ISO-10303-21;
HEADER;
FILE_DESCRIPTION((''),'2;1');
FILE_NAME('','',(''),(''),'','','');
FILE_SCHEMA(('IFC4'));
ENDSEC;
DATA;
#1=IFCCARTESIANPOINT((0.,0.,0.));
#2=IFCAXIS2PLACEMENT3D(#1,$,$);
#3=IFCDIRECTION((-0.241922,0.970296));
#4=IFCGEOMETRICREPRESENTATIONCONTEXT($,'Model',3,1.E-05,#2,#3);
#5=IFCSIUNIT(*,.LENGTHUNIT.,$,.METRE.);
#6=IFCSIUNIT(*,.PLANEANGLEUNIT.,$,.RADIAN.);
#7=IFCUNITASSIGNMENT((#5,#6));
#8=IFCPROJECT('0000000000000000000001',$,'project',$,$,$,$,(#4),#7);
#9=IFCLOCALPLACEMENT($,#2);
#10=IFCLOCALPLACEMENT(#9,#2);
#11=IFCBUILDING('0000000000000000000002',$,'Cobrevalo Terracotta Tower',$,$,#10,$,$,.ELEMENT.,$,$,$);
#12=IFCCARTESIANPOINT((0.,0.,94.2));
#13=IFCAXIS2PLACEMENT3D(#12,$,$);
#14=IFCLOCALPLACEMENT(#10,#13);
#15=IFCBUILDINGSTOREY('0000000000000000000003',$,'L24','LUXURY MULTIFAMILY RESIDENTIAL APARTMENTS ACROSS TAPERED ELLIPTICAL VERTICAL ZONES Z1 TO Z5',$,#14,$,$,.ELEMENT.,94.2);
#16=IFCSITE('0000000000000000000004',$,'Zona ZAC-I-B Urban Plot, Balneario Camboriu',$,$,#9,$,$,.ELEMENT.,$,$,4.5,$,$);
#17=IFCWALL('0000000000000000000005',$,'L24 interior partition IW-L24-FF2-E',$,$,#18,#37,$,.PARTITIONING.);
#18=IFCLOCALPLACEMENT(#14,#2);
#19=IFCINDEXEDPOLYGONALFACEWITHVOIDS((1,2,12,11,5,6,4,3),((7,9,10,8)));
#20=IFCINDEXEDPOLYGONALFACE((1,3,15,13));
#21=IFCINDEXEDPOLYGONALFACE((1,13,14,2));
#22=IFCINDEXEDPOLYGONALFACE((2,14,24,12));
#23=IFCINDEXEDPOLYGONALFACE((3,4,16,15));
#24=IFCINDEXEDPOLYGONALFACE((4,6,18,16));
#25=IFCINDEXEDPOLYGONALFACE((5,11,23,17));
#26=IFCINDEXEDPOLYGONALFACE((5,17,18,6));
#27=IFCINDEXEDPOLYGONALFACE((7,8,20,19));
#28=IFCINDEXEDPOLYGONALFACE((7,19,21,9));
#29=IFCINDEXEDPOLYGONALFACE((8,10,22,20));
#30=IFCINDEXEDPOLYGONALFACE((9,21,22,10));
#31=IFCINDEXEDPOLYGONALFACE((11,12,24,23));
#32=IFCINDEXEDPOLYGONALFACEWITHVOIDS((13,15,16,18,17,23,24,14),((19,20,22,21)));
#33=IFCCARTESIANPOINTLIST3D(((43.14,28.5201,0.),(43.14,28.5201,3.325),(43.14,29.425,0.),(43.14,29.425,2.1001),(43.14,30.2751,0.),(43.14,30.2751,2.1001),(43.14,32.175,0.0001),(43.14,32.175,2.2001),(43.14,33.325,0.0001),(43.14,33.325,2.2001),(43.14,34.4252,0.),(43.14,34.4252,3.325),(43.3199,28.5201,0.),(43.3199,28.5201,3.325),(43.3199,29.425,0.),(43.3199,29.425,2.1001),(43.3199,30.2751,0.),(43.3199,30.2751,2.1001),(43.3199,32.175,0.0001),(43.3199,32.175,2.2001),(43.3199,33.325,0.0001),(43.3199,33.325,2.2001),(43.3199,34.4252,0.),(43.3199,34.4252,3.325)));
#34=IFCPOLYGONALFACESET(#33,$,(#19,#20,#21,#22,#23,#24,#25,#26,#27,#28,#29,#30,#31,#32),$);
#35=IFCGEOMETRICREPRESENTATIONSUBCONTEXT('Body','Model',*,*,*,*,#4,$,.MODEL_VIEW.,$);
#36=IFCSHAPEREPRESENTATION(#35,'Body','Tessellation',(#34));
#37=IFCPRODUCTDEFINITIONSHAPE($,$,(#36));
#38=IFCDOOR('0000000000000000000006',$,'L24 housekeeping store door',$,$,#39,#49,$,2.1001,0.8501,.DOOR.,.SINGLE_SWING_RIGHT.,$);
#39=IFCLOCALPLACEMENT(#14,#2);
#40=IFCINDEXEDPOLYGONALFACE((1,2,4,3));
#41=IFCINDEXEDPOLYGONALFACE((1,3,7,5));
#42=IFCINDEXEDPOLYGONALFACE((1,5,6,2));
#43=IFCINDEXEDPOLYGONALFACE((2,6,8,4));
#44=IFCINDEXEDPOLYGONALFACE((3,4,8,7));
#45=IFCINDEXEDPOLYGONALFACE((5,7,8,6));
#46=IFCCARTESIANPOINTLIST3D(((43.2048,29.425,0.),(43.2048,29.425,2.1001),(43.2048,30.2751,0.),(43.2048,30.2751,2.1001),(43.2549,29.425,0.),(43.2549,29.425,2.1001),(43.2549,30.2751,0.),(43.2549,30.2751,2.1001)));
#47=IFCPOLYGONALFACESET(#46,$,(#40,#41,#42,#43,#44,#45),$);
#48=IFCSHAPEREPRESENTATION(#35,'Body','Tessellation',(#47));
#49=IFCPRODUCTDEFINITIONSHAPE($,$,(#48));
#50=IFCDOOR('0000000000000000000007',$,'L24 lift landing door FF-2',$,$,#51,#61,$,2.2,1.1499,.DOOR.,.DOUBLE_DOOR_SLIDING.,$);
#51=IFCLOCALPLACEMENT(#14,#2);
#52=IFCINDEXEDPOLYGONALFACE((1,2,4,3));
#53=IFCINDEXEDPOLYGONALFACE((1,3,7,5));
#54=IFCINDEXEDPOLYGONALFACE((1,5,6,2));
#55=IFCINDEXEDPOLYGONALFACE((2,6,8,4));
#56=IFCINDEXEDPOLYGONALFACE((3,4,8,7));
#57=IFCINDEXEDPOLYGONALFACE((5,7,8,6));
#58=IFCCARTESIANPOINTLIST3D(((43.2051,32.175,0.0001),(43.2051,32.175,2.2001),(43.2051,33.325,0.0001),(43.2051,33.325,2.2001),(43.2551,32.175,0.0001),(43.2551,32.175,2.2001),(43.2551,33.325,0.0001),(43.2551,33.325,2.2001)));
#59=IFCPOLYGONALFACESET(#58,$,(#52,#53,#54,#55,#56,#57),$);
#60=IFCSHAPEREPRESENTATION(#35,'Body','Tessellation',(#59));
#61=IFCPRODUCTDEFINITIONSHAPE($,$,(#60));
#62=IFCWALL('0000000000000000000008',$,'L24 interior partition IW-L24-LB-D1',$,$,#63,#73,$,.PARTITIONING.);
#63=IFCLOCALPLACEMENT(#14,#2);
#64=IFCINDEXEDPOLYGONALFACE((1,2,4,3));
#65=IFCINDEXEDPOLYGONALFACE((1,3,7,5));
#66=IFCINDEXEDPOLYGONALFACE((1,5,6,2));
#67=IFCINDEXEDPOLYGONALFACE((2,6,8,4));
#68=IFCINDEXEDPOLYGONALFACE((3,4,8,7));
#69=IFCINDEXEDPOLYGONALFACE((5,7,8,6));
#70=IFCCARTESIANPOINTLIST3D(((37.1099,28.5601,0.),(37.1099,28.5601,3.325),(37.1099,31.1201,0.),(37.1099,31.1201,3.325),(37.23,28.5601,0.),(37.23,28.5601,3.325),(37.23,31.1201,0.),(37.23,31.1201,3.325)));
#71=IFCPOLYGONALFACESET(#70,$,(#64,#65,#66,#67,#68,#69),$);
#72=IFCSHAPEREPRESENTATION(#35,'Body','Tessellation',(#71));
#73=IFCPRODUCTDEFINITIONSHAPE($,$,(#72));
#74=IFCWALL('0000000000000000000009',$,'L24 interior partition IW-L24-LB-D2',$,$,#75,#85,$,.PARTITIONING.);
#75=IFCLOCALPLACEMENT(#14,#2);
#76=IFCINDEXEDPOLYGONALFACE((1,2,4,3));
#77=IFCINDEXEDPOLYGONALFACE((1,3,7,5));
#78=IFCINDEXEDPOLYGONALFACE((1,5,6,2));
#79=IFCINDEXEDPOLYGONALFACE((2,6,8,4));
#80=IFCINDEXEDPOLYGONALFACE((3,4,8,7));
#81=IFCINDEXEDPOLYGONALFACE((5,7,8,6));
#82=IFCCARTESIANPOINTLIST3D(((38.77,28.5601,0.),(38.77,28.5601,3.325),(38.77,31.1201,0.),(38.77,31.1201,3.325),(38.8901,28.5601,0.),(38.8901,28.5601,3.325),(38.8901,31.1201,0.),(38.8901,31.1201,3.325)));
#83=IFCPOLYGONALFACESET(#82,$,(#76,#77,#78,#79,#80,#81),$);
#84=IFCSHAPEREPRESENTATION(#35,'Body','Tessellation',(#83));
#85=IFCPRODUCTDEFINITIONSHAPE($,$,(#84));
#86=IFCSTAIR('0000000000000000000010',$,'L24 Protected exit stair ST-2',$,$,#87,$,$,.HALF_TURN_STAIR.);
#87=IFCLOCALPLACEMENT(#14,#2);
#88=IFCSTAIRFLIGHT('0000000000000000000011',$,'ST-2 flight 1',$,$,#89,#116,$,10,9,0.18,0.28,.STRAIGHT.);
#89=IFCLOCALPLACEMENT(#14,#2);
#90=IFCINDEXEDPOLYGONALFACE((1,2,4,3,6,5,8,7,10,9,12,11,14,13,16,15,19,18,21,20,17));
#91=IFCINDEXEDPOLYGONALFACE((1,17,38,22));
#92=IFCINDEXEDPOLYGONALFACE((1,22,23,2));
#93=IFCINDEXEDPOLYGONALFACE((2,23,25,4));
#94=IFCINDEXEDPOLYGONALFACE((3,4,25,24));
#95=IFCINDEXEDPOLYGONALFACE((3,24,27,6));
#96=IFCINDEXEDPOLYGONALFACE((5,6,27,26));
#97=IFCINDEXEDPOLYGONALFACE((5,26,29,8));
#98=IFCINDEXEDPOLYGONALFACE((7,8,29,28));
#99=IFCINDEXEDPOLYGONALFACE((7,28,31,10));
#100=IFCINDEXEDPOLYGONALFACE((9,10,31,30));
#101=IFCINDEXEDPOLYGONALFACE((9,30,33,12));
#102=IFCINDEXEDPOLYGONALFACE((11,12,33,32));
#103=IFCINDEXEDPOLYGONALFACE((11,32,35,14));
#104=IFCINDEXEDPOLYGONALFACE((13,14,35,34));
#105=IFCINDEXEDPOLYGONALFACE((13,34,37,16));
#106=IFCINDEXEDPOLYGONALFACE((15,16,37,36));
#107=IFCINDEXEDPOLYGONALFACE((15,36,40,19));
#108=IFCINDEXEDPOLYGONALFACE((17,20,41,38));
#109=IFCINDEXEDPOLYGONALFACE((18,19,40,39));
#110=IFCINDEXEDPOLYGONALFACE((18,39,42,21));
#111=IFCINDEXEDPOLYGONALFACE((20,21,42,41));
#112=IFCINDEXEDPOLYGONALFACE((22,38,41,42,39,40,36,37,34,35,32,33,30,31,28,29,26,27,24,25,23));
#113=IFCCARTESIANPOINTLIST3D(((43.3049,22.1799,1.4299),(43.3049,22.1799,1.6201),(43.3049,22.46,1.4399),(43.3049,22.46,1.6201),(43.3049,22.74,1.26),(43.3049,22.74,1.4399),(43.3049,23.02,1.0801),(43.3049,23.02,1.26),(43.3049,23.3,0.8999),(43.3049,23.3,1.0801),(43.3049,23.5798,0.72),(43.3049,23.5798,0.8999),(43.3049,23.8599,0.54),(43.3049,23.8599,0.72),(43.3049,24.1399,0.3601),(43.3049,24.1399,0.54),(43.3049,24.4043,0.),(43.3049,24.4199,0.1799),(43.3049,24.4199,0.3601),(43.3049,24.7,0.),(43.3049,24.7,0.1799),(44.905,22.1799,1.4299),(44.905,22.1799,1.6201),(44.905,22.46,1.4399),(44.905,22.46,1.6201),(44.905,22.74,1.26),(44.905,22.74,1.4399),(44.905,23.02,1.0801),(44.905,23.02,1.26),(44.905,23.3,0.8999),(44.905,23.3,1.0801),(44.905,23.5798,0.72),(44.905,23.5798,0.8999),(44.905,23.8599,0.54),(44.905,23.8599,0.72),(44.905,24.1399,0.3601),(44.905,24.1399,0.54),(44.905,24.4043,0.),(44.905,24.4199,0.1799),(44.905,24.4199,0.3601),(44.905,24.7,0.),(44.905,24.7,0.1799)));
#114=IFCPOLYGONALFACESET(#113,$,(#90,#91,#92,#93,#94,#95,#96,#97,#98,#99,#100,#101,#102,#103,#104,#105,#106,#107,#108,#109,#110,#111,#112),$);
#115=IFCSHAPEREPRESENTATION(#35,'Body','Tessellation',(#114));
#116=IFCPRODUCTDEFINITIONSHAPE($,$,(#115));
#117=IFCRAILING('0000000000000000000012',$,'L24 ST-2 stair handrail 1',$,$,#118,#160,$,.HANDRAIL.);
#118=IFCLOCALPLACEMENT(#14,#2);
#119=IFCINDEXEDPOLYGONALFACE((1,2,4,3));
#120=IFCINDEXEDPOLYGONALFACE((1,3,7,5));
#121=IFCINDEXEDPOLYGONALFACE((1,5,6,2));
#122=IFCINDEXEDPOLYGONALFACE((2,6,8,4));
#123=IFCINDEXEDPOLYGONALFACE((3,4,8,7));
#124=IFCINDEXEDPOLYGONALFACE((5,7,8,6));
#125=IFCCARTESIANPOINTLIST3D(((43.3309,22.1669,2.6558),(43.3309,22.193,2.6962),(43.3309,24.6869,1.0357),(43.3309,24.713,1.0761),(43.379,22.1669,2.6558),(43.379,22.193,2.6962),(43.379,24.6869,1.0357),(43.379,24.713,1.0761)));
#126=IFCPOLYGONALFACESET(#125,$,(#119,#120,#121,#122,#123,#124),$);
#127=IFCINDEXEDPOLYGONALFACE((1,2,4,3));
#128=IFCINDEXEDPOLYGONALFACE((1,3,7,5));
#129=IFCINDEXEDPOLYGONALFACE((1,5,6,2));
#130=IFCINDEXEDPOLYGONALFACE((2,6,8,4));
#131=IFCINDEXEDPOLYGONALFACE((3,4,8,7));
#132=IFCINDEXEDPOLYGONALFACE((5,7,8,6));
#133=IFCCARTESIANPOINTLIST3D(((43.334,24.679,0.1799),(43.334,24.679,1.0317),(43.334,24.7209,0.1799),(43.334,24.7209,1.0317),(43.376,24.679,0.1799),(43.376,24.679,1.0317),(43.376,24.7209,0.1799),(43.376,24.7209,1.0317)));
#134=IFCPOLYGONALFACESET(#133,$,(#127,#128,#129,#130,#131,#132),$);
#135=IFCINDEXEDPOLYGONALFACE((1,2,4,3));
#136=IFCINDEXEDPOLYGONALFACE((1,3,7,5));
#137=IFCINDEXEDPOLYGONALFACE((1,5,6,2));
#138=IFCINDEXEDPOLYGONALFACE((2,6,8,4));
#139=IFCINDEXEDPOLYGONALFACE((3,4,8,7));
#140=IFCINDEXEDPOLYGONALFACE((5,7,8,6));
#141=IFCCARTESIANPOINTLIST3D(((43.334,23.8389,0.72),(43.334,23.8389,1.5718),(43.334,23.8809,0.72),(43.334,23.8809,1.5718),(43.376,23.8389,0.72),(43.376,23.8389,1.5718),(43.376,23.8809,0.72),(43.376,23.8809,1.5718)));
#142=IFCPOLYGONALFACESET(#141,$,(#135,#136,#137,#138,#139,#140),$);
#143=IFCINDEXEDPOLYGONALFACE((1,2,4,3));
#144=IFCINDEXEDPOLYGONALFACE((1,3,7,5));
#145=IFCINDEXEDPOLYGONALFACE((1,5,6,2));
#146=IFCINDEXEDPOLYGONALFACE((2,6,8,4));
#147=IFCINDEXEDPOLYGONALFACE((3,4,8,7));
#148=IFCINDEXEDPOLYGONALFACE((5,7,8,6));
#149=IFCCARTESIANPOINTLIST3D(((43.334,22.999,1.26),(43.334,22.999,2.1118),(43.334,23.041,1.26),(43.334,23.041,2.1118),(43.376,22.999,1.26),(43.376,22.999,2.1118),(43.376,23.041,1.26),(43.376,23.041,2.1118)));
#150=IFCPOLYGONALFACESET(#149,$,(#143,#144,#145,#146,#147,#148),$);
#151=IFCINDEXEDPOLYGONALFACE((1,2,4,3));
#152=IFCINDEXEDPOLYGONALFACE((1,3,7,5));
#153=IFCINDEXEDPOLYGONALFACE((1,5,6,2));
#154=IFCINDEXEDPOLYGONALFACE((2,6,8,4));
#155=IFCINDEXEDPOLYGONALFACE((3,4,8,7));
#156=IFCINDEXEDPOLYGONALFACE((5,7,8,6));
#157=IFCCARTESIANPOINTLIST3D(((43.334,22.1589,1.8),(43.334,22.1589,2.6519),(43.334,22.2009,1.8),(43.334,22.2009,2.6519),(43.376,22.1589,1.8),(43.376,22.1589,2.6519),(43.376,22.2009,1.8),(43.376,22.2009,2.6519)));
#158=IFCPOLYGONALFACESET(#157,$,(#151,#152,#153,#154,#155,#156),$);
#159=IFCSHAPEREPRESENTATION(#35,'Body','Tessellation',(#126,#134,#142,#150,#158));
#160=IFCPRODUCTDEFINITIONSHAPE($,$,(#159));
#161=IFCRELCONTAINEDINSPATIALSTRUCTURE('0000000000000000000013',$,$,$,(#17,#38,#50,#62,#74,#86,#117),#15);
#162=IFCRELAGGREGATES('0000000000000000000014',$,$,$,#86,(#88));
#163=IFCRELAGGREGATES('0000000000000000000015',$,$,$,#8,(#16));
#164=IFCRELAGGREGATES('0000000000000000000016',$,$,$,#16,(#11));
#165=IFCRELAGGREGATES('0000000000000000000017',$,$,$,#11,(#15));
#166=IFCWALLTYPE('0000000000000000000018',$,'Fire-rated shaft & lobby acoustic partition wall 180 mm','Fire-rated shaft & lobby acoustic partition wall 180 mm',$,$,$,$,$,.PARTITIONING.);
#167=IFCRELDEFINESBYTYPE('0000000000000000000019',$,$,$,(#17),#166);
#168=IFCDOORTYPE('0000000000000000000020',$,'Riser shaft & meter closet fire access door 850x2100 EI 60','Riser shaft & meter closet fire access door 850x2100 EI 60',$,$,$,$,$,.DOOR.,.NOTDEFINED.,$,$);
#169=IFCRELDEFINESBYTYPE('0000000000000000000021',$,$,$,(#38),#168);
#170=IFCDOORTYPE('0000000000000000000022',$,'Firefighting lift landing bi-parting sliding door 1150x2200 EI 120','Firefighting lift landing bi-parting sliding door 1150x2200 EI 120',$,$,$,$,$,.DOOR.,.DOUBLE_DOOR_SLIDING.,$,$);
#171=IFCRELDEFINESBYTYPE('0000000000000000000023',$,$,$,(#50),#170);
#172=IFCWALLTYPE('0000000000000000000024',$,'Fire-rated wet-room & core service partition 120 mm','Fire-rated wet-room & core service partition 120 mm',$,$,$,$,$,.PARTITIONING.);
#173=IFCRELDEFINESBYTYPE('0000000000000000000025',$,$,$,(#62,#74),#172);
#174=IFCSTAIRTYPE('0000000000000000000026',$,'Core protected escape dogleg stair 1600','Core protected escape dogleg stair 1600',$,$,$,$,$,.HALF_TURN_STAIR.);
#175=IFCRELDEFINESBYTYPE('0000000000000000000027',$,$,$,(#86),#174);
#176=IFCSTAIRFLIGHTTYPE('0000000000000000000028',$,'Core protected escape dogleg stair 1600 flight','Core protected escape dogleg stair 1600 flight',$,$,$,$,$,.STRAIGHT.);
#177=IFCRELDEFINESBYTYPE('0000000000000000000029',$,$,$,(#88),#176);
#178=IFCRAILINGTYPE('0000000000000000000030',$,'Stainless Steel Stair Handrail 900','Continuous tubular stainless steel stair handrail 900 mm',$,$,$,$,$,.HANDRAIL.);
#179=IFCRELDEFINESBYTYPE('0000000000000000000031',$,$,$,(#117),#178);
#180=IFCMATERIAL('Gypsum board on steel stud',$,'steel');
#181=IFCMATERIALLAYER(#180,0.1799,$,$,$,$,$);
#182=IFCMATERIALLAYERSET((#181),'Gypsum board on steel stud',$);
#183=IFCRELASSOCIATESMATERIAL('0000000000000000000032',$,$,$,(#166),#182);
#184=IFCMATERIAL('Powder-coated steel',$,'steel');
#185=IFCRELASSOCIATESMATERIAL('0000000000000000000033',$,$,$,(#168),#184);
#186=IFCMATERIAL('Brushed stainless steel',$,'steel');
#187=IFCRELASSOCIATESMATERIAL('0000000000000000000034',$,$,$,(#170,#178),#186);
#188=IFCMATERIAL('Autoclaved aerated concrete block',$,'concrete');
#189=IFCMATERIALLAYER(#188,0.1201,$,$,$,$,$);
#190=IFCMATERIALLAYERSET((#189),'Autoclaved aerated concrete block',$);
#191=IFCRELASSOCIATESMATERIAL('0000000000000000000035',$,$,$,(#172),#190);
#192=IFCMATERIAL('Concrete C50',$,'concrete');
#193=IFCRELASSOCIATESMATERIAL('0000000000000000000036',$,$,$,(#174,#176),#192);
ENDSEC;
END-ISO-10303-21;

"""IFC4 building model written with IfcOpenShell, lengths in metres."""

from ifc_helpers import new_model, si_unit, direction, frame, frame_2d, origin, origin_2d, place, context, subcontext, project, spatial, polyline, rectangle, outline, extrude, source, transform, mapped, material, layer, layer_set, type_object, element, fill, aggregate, save


model = new_model("IFC4")

# Units and contexts
model_context = context("Model", 3, precision=1e-05, world=origin(), true_north=direction((-0.241922, 0.970296)))
body_context = subcontext(model_context, "Body", "Model", "MODEL_VIEW")
ifc_project = project(units=[si_unit("LENGTHUNIT", "METRE"), si_unit("PLANEANGLEUNIT", "RADIAN")], contexts=[model_context])

# Site, building, storey
site_placement = place(None, origin())
site = spatial("IfcSite", under=ifc_project, at=site_placement, Name="Zona ZAC-I-B Urban Plot, Balneario Camboriu", CompositionType="ELEMENT", RefElevation=4.5)
building_placement = place(site_placement, origin())
building = spatial("IfcBuilding", under=site, at=building_placement, Name="Cobrevalo Terracotta Tower", CompositionType="ELEMENT")
storey_placement = place(building_placement, frame((0.0, 0.0, 94.2)))
storey = spatial("IfcBuildingStorey", under=building, at=storey_placement, Name="L24", Description="LUXURY MULTIFAMILY RESIDENTIAL APARTMENTS ACROSS TAPERED ELLIPTICAL VERTICAL ZONES Z1 TO Z5", CompositionType="ELEMENT", Elevation=94.2)

# Shared definitions
ifc_material_1 = material(Name="Gypsum board on steel stud", Category="steel")

# Shared definitions
ifc_material_2 = material(Name="Brushed stainless steel", Category="steel")

# Shared definitions
ifc_layer_1 = layer(ifc_material_1, 0.1799)
ifc_layer_set_1 = layer_set([ifc_layer_1], Name="Gypsum board on steel stud")
wall_type_1 = type_object("IfcWallType", Name="Fire-rated shaft & lobby acoustic partition wall 180 mm", Description="Fire-rated shaft & lobby acoustic partition wall 180 mm", PredefinedType="PARTITIONING", material=ifc_layer_set_1)
ifc_material_3 = material(Name="Powder-coated steel", Category="steel")
door_type_1 = type_object("IfcDoorType", Name="Riser shaft & meter closet fire access door 850x2100 EI 60", Description="Riser shaft & meter closet fire access door 850x2100 EI 60", OperationType="NOTDEFINED", PredefinedType="DOOR", material=ifc_material_3)
shared_shape_1 = source(origin(), body_context, "Body", "SweptSolid", [
    extrude(rectangle(XDim=0.8501, YDim=2.1001, at=frame_2d((0.425, 1.05))), frame((0.0, 0.0249, 0.0), z_axis=(0.0, -1.0, 0.0), x_axis=(1.0, 0.0, 0.0)), (0.0, 0.0, 1.0), 0.05),
])

# Wall, openings, doors
wall_1_placement = place(storey_placement, frame((43.23, 28.52, 0.0), z_axis=(0.0, 0.0, 1.0), x_axis=(0.0, 1.0, 0.0)))
wall_1 = element("IfcWall", 1, at=wall_1_placement, inside=storey, type_object=wall_type_1, Name="L24 interior partition IW-L24-FF2-E", PredefinedType="PARTITIONING", context=body_context, shape_type="SweptSolid", body=[
    extrude(rectangle(XDim=5.905, YDim=0.1799, at=frame_2d((2.9526, 0.0))), origin(), (0.0, 0.0, 1.0), 3.325),
])
opening_1_placement = place(wall_1_placement, frame((0.905, 0.0, 0.0)))
opening_1 = element("IfcOpeningElement", 2, at=opening_1_placement, cuts=wall_1, PredefinedType="OPENING", context=body_context, shape_type="SweptSolid", body=[
    extrude(rectangle(XDim=0.8501, YDim=2.1001, at=frame_2d((0.425, 1.05))), frame((0.0, 0.1001, 0.0), z_axis=(0.0, -1.0, 0.0), x_axis=(1.0, 0.0, 0.0)), (0.0, 0.0, 1.0), 0.2),
])
opening_2_placement = place(wall_1_placement, frame((3.655, 0.0, 0.0)))
opening_2 = element("IfcOpeningElement", 3, at=opening_2_placement, cuts=wall_1, PredefinedType="OPENING", context=body_context, shape_type="SweptSolid", body=[
    extrude(rectangle(XDim=1.1499, YDim=2.2, at=frame_2d((0.575, 1.1001))), frame((0.0, 0.1001, 0.0), z_axis=(0.0, -1.0, 0.0), x_axis=(1.0, 0.0, 0.0)), (0.0, 0.0, 1.0), 0.2),
])
door_1_placement = place(opening_1_placement, frame((0.8501, 0.0, 0.0), z_axis=(0.0, 0.0, 1.0), x_axis=(-1.0, 0.0, 0.0)))
door_1 = element("IfcDoor", 4, at=door_1_placement, inside=storey, type_object=door_type_1, Name="L24 housekeeping store door", OperationType="SINGLE_SWING_RIGHT", OverallHeight=2.1001, OverallWidth=0.8501, PredefinedType="DOOR", context=body_context, shape_type="MappedRepresentation", body=[
    mapped(shared_shape_1, transform((0.0, 0.0, 0.0), scale=1.0)),
])
fill(opening_1, door_1)
door_type_2 = type_object("IfcDoorType", Name="Firefighting lift landing bi-parting sliding door 1150x2200 EI 120", Description="Firefighting lift landing bi-parting sliding door 1150x2200 EI 120", OperationType="DOUBLE_DOOR_SLIDING", PredefinedType="DOOR", material=ifc_material_2)
shared_shape_2 = source(origin(), body_context, "Body", "SweptSolid", [
    extrude(rectangle(XDim=1.1499, YDim=2.2, at=frame_2d((0.575, 1.1001))), frame((0.0, 0.0249, 0.0), z_axis=(0.0, -1.0, 0.0), x_axis=(1.0, 0.0, 0.0)), (0.0, 0.0, 1.0), 0.05),
])
door_2_placement = place(opening_2_placement, origin())
door_2 = element("IfcDoor", 5, at=door_2_placement, inside=storey, type_object=door_type_2, Name="L24 lift landing door FF-2", OperationType="DOUBLE_DOOR_SLIDING", OverallHeight=2.2, OverallWidth=1.1499, PredefinedType="DOOR", context=body_context, shape_type="MappedRepresentation", body=[
    mapped(shared_shape_2, transform((0.0, 0.0, 0.0), scale=1.0)),
])
fill(opening_2, door_2)

# Walls
ifc_material_4 = material(Name="Autoclaved aerated concrete block", Category="concrete")
ifc_layer_2 = layer(ifc_material_4, 0.1201)
ifc_layer_set_2 = layer_set([ifc_layer_2], Name="Autoclaved aerated concrete block")
wall_type_2 = type_object("IfcWallType", Name="Fire-rated wet-room & core service partition 120 mm", Description="Fire-rated wet-room & core service partition 120 mm", PredefinedType="PARTITIONING", material=ifc_layer_set_2)
for number, where, z_axis, x_axis, name in (
    (6, (37.1699, 28.5601, 0.0), (0.0, 0.0, 1.0), (0.0, 1.0, 0.0), "L24 interior partition IW-L24-LB-D1"),
    (7, (38.8301, 28.5601, 0.0), (0.0, 0.0, 1.0), (0.0, 1.0, 0.0), "L24 interior partition IW-L24-LB-D2"),
):
    element("IfcWall", number, at=place(storey_placement, frame(where, z_axis=z_axis, x_axis=x_axis)), inside=storey, type_object=wall_type_2, Name=name, PredefinedType="PARTITIONING", context=body_context, shape_type="SweptSolid", body=[
        extrude(rectangle(XDim=2.5601, YDim=0.1201, at=frame_2d((1.28, 0.0))), origin(), (0.0, 0.0, 1.0), 3.325),
    ])

# Shared definitions
ifc_material_5 = material(Name="Concrete C50", Category="concrete")

# Stair, stair flight
stair_type = type_object("IfcStairType", Name="Core protected escape dogleg stair 1600", Description="Core protected escape dogleg stair 1600", PredefinedType="HALF_TURN_STAIR", material=ifc_material_5)
stair_placement = place(storey_placement, origin())
stair = element("IfcStair", 8, at=stair_placement, inside=storey, type_object=stair_type, Name="L24 Protected exit stair ST-2", PredefinedType="HALF_TURN_STAIR")
stair_flight_type = type_object("IfcStairFlightType", Name="Core protected escape dogleg stair 1600 flight", Description="Core protected escape dogleg stair 1600 flight", PredefinedType="STRAIGHT", material=ifc_material_5)
stair_flight_placement = place(storey_placement, frame((44.105, 24.7, 0.0), z_axis=(0.0, 0.0, 1.0), x_axis=(0.0, -1.0, 0.0)))
stair_flight = element("IfcStairFlight", 9, at=stair_flight_placement, type_object=stair_flight_type, Name="ST-2 flight 1", NumberOfRisers=10, NumberOfTreads=9, PredefinedType="STRAIGHT", RiserHeight=0.18, TreadLength=0.28, context=body_context, shape_type="SweptSolid", body=[
    extrude(outline(polyline([(0.0, 0.0), (0.0, 0.1799), (0.28, 0.1799), (0.28, 0.3601), (0.5601, 0.3601), (0.5601, 0.54), (0.8401, 0.54), (0.8401, 0.72), (1.1201, 0.72), (1.1201, 0.8999), (1.3999, 0.8999), (1.3999, 1.0801), (1.6799, 1.0801), (1.6799, 1.26), (1.96, 1.26), (1.96, 1.4399), (2.24, 1.4399), (2.24, 1.6201), (2.52, 1.6201), (2.52, 1.8), (2.52, 1.4299), (0.2957, 0.0), (0.0, 0.0)])), frame((0.0, 0.8, 0.0), z_axis=(0.0, -1.0, 0.0), x_axis=(1.0, 0.0, 0.0)), (0.0, 0.0, 1.0), 1.6001),
])
aggregate(stair, [stair_flight])

# Railing
railing_type_1 = type_object("IfcRailingType", Name="Stainless Steel Stair Handrail 900", Description="Continuous tubular stainless steel stair handrail 900 mm", PredefinedType="HANDRAIL", material=ifc_material_2)
railing_1_placement = place(storey_placement, frame((43.355, 24.7, 0.1799)))
element("IfcRailing", 10, at=railing_1_placement, inside=storey, type_object=railing_type_1, Name="L24 ST-2 stair handrail 1", PredefinedType="HANDRAIL", context=body_context, shape_type="SweptSolid", body=[
    extrude(rectangle(XDim=0.0481, YDim=0.0481, at=origin_2d()), frame((0.0, 0.0, 0.876), z_axis=(0.0, -0.841163, 0.540782), x_axis=(1.0, 0.0, 0.0)), (0.0, 0.0, 1.0), 2.9958),
    extrude(rectangle(XDim=0.042, YDim=0.042, at=origin_2d()), origin(), (0.0, 0.0, 1.0), 0.8518),
    extrude(rectangle(XDim=0.042, YDim=0.042, at=origin_2d()), frame((0.0, -0.8401, 0.54)), (0.0, 0.0, 1.0), 0.8518),
    extrude(rectangle(XDim=0.042, YDim=0.042, at=origin_2d()), frame((0.0, -1.6799, 1.0801)), (0.0, 0.0, 1.0), 0.8518),
    extrude(rectangle(XDim=0.042, YDim=0.042, at=origin_2d()), frame((0.0, -2.52, 1.6201)), (0.0, 0.0, 1.0), 0.8518),
])

save(model, "model.ifc")
